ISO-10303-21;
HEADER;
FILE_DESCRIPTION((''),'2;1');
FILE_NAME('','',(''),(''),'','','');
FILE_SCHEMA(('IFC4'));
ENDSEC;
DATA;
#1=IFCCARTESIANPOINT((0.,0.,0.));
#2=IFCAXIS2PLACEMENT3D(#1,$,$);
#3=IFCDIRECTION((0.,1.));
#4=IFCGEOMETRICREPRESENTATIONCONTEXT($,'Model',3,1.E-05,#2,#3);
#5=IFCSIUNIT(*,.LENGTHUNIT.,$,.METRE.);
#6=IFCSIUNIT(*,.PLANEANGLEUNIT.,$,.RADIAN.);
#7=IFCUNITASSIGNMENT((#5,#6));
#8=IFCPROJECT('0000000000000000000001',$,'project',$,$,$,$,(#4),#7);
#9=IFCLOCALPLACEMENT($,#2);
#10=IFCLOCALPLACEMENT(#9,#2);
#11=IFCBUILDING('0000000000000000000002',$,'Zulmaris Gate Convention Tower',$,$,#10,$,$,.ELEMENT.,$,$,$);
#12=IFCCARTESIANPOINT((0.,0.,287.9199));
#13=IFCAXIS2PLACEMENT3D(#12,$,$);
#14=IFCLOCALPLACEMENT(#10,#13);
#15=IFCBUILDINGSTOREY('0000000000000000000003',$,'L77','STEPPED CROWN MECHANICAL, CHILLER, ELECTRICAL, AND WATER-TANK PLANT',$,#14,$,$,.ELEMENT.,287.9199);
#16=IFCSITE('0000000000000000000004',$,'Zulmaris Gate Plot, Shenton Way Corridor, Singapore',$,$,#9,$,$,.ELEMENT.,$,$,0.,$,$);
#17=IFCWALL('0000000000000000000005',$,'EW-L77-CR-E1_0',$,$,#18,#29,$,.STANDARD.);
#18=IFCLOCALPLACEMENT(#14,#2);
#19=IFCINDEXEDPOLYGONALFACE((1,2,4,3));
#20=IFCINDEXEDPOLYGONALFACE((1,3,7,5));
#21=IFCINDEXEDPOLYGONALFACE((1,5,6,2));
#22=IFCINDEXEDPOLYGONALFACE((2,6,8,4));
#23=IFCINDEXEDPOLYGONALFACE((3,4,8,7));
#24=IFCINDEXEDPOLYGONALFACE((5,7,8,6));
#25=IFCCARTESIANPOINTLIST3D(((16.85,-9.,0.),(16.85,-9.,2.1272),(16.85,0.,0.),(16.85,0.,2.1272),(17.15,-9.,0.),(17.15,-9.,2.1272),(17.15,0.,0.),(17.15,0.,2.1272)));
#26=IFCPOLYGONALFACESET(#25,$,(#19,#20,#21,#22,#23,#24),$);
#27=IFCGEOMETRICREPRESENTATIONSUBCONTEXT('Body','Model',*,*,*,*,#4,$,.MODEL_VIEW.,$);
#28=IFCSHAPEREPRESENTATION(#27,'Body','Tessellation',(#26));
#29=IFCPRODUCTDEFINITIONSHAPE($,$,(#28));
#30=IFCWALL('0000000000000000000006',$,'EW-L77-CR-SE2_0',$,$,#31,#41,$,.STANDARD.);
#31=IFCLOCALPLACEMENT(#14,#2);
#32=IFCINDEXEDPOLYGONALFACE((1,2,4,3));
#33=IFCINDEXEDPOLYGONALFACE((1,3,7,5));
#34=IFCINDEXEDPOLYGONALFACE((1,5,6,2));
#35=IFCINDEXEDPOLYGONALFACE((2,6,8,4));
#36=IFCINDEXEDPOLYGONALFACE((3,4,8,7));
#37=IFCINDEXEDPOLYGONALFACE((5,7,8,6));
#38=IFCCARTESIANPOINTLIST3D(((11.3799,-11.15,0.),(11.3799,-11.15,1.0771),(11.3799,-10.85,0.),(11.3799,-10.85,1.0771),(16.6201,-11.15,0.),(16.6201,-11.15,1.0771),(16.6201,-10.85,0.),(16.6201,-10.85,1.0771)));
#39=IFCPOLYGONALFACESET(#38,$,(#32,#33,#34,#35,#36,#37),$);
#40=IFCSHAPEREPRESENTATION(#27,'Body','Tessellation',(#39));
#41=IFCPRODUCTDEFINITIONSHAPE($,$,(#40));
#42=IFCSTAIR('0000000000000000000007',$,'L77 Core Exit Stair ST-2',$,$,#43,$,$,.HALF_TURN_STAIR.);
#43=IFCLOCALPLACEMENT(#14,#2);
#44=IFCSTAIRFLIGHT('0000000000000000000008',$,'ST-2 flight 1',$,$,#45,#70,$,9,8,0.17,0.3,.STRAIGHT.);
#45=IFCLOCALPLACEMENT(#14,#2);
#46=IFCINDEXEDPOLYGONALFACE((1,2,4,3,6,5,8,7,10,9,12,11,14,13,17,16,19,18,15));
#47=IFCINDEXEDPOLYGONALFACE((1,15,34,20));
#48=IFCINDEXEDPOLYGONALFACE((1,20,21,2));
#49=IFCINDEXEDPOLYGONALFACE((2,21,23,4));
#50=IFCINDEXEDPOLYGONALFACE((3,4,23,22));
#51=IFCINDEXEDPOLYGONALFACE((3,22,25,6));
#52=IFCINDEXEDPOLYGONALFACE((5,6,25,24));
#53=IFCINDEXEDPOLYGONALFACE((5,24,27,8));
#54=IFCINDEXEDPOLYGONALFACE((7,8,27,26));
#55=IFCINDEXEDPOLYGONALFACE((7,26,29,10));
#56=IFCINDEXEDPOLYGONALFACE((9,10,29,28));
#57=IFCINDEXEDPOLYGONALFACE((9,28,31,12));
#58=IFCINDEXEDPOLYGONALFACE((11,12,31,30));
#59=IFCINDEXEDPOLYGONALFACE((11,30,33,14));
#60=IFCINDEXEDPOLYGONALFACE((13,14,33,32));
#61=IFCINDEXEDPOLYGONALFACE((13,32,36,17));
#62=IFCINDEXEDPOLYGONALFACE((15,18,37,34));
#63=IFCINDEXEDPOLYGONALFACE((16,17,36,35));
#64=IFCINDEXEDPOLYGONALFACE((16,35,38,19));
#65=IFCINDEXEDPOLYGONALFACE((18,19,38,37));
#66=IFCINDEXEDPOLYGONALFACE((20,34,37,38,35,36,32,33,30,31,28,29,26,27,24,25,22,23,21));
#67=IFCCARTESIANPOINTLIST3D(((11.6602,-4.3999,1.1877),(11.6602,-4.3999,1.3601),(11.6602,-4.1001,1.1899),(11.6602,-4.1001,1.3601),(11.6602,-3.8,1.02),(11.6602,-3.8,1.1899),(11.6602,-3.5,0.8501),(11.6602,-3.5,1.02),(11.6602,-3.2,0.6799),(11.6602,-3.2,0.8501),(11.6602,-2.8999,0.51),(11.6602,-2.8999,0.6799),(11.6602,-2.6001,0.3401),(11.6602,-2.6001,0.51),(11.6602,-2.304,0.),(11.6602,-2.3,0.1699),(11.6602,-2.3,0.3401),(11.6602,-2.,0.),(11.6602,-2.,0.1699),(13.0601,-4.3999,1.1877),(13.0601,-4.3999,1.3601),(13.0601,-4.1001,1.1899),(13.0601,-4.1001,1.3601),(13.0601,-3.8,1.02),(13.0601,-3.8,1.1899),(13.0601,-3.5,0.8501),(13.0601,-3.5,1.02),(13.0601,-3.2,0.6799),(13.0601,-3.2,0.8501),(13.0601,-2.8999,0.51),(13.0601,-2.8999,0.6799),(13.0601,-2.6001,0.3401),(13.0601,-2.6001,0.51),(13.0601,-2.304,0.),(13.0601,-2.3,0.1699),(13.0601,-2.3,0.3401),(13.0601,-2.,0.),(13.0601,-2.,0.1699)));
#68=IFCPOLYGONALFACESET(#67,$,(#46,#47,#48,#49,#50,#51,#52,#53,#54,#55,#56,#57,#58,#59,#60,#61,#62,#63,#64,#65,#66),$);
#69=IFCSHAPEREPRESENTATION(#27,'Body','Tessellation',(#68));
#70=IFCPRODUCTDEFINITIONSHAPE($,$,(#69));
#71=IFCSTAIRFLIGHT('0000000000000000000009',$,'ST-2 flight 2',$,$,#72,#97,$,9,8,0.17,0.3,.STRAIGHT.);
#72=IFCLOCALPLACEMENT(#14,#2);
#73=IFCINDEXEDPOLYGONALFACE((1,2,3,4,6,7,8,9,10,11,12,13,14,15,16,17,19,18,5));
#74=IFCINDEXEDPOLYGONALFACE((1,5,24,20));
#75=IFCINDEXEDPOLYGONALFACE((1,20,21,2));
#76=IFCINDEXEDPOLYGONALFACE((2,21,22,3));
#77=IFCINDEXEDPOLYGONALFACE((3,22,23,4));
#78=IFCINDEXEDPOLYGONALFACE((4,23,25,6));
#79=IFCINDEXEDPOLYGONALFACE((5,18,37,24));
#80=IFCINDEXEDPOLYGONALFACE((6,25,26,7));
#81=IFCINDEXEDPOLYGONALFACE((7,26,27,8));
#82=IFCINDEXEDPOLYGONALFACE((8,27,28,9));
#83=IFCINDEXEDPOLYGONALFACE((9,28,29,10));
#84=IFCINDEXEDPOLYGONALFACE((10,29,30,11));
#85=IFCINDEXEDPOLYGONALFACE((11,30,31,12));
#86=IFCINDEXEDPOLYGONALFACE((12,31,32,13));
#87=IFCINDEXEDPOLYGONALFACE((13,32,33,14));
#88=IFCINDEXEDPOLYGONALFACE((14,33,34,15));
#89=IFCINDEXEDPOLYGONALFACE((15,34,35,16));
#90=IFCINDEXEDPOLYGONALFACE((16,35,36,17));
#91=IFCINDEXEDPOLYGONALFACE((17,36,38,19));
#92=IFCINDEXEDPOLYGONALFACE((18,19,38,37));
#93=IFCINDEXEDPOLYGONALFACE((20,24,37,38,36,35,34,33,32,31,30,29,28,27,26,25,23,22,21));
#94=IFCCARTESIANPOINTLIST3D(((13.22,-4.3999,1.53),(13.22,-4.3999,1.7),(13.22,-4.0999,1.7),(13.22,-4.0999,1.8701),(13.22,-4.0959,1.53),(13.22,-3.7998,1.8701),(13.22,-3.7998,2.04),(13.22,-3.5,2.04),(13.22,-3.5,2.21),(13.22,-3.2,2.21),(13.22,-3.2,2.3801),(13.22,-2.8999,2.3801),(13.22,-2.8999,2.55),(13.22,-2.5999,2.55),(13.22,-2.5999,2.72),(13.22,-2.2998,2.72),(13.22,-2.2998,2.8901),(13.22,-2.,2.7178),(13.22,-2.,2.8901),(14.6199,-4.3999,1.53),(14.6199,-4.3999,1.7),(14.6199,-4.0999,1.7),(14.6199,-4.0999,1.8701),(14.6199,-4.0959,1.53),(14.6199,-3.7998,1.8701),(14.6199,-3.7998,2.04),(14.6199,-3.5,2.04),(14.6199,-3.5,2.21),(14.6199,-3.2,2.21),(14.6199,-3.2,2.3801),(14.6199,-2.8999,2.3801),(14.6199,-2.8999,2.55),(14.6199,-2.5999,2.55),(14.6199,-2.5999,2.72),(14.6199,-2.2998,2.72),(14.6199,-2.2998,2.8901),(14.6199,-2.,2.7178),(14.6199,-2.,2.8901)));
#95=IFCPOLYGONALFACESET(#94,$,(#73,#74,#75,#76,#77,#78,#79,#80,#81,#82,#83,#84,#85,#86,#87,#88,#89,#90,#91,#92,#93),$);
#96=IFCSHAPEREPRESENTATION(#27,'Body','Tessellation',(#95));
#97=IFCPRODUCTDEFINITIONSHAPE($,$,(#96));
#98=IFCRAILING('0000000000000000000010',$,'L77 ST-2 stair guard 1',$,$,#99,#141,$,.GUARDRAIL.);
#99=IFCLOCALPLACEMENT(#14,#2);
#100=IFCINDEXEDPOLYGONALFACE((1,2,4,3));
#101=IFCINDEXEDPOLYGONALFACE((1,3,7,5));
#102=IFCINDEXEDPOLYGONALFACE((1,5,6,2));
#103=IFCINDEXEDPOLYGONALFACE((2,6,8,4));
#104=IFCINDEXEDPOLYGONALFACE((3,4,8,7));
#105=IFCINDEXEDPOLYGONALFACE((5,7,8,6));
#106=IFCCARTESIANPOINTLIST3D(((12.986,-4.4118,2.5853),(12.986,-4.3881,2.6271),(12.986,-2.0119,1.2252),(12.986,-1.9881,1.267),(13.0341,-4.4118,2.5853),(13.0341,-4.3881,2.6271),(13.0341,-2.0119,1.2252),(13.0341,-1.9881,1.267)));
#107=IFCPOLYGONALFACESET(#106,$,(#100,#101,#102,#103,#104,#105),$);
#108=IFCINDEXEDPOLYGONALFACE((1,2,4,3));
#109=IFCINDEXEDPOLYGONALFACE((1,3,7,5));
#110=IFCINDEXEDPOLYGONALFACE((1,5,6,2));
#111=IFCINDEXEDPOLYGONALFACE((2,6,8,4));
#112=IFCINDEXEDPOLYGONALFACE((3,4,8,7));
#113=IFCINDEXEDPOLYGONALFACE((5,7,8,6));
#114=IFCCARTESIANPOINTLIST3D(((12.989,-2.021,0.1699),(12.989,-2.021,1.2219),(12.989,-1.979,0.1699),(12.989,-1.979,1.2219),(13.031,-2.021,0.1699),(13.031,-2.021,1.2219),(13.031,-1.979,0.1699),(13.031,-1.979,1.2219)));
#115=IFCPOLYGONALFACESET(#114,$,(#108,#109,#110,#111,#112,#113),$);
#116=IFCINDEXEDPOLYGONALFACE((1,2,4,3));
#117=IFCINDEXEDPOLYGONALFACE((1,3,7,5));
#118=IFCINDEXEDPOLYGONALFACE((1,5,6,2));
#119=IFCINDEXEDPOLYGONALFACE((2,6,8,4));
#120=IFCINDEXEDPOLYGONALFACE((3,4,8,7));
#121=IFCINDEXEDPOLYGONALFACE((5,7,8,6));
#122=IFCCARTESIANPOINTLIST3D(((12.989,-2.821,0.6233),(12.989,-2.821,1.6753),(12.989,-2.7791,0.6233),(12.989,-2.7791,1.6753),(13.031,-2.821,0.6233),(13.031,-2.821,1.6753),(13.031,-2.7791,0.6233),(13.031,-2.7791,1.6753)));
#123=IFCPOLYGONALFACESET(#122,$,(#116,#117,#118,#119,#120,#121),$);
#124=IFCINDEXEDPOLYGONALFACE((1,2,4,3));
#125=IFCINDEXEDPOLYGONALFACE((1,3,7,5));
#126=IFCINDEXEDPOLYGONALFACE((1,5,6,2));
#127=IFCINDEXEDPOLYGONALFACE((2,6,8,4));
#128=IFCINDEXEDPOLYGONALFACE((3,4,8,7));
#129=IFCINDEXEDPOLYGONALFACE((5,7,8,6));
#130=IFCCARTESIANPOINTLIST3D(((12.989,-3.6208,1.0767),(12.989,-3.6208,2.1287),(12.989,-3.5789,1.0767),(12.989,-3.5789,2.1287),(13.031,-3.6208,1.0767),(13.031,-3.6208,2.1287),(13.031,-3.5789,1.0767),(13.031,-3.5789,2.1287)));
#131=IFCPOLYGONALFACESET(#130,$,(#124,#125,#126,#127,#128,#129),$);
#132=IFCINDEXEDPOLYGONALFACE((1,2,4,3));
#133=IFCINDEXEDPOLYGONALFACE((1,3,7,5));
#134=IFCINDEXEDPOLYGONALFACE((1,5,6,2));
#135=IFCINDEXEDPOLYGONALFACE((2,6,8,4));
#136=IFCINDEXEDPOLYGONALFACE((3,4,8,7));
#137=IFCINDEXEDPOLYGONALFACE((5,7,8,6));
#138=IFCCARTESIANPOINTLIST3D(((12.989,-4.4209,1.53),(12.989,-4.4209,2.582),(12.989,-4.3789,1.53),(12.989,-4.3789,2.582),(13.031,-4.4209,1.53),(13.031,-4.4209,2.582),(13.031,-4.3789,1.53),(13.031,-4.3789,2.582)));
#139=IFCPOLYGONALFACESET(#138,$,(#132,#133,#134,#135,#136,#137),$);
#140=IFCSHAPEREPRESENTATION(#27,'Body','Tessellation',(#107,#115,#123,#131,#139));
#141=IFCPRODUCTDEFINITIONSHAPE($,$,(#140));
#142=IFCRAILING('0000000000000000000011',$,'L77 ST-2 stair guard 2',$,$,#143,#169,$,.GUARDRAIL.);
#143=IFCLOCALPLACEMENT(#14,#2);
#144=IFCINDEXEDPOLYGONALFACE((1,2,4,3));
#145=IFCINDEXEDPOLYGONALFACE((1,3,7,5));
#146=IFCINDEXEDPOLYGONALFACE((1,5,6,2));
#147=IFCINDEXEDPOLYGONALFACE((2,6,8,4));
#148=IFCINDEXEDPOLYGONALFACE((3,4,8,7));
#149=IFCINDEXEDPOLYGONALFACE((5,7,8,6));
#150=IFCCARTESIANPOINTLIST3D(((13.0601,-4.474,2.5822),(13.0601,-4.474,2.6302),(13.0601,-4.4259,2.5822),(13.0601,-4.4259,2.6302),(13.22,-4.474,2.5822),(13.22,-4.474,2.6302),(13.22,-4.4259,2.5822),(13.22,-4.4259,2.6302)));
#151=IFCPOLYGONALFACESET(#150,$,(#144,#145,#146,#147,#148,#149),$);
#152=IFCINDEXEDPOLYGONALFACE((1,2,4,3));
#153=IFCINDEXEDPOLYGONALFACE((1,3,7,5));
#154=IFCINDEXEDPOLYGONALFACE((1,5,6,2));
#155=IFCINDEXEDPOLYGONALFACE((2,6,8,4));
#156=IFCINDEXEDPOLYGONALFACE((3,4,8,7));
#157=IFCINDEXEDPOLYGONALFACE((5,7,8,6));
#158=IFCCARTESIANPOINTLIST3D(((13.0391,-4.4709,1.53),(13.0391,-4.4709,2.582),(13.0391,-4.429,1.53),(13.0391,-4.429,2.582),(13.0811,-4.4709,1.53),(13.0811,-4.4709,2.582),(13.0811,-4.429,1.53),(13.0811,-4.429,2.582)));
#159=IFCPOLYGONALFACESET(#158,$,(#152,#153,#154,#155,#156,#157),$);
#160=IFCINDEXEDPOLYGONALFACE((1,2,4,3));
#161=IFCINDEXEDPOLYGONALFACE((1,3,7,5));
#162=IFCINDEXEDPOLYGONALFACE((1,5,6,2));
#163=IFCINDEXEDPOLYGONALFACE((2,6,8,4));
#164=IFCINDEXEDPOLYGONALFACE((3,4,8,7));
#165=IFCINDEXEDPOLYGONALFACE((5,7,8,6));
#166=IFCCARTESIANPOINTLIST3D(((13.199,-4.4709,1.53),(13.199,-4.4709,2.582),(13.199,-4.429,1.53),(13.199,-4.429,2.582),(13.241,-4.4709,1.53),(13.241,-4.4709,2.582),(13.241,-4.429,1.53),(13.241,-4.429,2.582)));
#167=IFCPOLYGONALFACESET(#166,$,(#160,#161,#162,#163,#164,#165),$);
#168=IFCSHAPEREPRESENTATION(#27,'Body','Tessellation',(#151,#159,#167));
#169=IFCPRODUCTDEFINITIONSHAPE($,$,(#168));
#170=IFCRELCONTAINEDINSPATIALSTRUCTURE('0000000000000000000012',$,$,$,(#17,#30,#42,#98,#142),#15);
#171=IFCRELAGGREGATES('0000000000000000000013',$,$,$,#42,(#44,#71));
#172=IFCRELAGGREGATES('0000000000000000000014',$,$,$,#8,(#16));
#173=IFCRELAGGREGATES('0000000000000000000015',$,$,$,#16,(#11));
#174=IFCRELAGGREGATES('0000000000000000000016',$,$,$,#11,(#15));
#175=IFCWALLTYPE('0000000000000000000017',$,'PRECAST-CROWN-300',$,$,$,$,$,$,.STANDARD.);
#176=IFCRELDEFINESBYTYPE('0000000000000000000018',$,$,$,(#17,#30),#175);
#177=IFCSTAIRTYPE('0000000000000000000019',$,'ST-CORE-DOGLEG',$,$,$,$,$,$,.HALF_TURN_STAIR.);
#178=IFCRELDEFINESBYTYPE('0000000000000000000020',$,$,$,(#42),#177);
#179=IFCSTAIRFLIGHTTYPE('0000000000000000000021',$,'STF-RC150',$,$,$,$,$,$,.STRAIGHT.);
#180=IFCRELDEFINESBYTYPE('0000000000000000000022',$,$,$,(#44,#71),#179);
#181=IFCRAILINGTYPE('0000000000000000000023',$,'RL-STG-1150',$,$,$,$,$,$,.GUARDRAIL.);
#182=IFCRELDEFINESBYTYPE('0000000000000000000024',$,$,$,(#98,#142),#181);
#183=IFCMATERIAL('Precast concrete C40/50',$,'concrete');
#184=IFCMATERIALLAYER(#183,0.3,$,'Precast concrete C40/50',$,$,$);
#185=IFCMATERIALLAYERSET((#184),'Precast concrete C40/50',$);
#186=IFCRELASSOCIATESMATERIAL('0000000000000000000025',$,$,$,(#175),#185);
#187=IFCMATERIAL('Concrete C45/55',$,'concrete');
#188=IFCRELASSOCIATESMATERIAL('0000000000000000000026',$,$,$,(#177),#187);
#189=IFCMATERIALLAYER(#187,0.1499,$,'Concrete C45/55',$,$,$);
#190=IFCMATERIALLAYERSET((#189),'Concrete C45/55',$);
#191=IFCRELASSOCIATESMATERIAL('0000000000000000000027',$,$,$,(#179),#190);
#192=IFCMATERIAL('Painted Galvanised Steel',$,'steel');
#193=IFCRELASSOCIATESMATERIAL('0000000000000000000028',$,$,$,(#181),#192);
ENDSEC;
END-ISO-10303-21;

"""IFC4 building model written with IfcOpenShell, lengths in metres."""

from ifc_helpers import new_model, si_unit, direction, frame, frame_2d, origin, origin_2d, place, context, subcontext, project, spatial, polyline, rectangle, outline, extrude, material, layer, layer_set, type_object, element, aggregate, save


model = new_model("IFC4")

# Units and contexts
model_context = context("Model", 3, precision=1e-05, world=origin(), true_north=direction((0.0, 1.0)))
body_context = subcontext(model_context, "Body", "Model", "MODEL_VIEW")
ifc_project = project(units=[si_unit("LENGTHUNIT", "METRE"), si_unit("PLANEANGLEUNIT", "RADIAN")], contexts=[model_context])

# Site, building, storey
site_placement = place(None, origin())
site = spatial("IfcSite", under=ifc_project, at=site_placement, Name="Zulmaris Gate Plot, Shenton Way Corridor, Singapore", CompositionType="ELEMENT", RefElevation=0.0)
building_placement = place(site_placement, origin())
building = spatial("IfcBuilding", under=site, at=building_placement, Name="Zulmaris Gate Convention Tower", CompositionType="ELEMENT")
storey_placement = place(building_placement, frame((0.0, 0.0, 287.9199)))
storey = spatial("IfcBuildingStorey", under=building, at=storey_placement, Name="L77", Description="STEPPED CROWN MECHANICAL, CHILLER, ELECTRICAL, AND WATER-TANK PLANT", CompositionType="ELEMENT", Elevation=287.9199)

# Walls
ifc_material_1 = material(Name="Precast concrete C40/50", Category="concrete")
ifc_layer_1 = layer(ifc_material_1, 0.3, Name="Precast concrete C40/50")
ifc_layer_set_1 = layer_set([ifc_layer_1], Name="Precast concrete C40/50")
wall_type_1 = type_object("IfcWallType", Name="PRECAST-CROWN-300", PredefinedType="STANDARD", material=ifc_layer_set_1)
wall_1_placement = place(storey_placement, frame((17.0, -9.0, 0.0), z_axis=(0.0, 0.0, 1.0), x_axis=(0.0, 1.0, 0.0)))
element("IfcWall", 1, at=wall_1_placement, inside=storey, type_object=wall_type_1, Name="EW-L77-CR-E1_0", PredefinedType="STANDARD", context=body_context, shape_type="SweptSolid", body=[
    extrude(rectangle(XDim=9.0, YDim=0.3, at=frame_2d((4.5, 0.0))), origin(), (0.0, 0.0, 1.0), 2.1272),
])
wall_2_placement = place(storey_placement, frame((11.3799, -11.0, 0.0), z_axis=(0.0, 0.0, 1.0), x_axis=(1.0, 0.0, 0.0)))
element("IfcWall", 2, at=wall_2_placement, inside=storey, type_object=wall_type_1, Name="EW-L77-CR-SE2_0", PredefinedType="STANDARD", context=body_context, shape_type="SweptSolid", body=[
    extrude(rectangle(XDim=5.2402, YDim=0.3, at=frame_2d((2.6201, 0.0))), origin(), (0.0, 0.0, 1.0), 1.0771),
])

# Stair, stair flights
ifc_material_2 = material(Name="Concrete C45/55", Category="concrete")
stair_type = type_object("IfcStairType", Name="ST-CORE-DOGLEG", PredefinedType="HALF_TURN_STAIR", material=ifc_material_2)
stair_placement = place(storey_placement, origin())
stair = element("IfcStair", 3, at=stair_placement, inside=storey, type_object=stair_type, Name="L77 Core Exit Stair ST-2", PredefinedType="HALF_TURN_STAIR")
ifc_layer_2 = layer(ifc_material_2, 0.1499, Name="Concrete C45/55")
ifc_layer_set_2 = layer_set([ifc_layer_2], Name="Concrete C45/55")
stair_flight_type = type_object("IfcStairFlightType", Name="STF-RC150", PredefinedType="STRAIGHT", material=ifc_layer_set_2)
stair_flight_1_placement = place(storey_placement, frame((12.3601, -2.0, 0.0), z_axis=(0.0, 0.0, 1.0), x_axis=(0.0, -1.0, 0.0)))
stair_flight_1 = element("IfcStairFlight", 4, at=stair_flight_1_placement, type_object=stair_flight_type, Name="ST-2 flight 1", NumberOfRisers=9, NumberOfTreads=8, PredefinedType="STRAIGHT", RiserHeight=0.17, TreadLength=0.3, context=body_context, shape_type="SweptSolid", body=[
    extrude(outline(polyline([(0.0, 0.0), (0.0, 0.1699), (0.3, 0.1699), (0.3, 0.3401), (0.6001, 0.3401), (0.6001, 0.51), (0.8999, 0.51), (0.8999, 0.6799), (1.2, 0.6799), (1.2, 0.8501), (1.5, 0.8501), (1.5, 1.02), (1.8, 1.02), (1.8, 1.1899), (2.1001, 1.1899), (2.1001, 1.3601), (2.3999, 1.3601), (2.3999, 1.53), (2.3999, 1.1877), (0.304, 0.0), (0.0, 0.0)])), frame((0.0, 0.7, 0.0), z_axis=(0.0, -1.0, 0.0), x_axis=(1.0, 0.0, 0.0)), (0.0, 0.0, 1.0), 1.3999),
])
stair_flight_2_placement = place(storey_placement, frame((13.9199, -4.3999, 1.53), z_axis=(0.0, 0.0, 1.0), x_axis=(0.0, 1.0, 0.0)))
stair_flight_2 = element("IfcStairFlight", 5, at=stair_flight_2_placement, type_object=stair_flight_type, Name="ST-2 flight 2", NumberOfRisers=9, NumberOfTreads=8, PredefinedType="STRAIGHT", RiserHeight=0.17, TreadLength=0.3, context=body_context, shape_type="SweptSolid", body=[
    extrude(outline(polyline([(0.0, 0.0), (0.0, 0.1699), (0.3, 0.1699), (0.3, 0.3401), (0.6001, 0.3401), (0.6001, 0.51), (0.8999, 0.51), (0.8999, 0.6799), (1.2, 0.6799), (1.2, 0.8501), (1.5, 0.8501), (1.5, 1.02), (1.8, 1.02), (1.8, 1.1899), (2.1001, 1.1899), (2.1001, 1.3601), (2.3999, 1.3601), (2.3999, 1.53), (2.3999, 1.1877), (0.304, 0.0), (0.0, 0.0)])), frame((0.0, 0.7, 0.0), z_axis=(0.0, -1.0, 0.0), x_axis=(1.0, 0.0, 0.0)), (0.0, 0.0, 1.0), 1.3999),
])
aggregate(stair, [stair_flight_1, stair_flight_2])

# Railings
ifc_material_3 = material(Name="Painted Galvanised Steel", Category="steel")
railing_type_1 = type_object("IfcRailingType", Name="RL-STG-1150", PredefinedType="GUARDRAIL", material=ifc_material_3)
railing_1_placement = place(storey_placement, frame((13.01, -2.0, 0.1699)))
element("IfcRailing", 6, at=railing_1_placement, inside=storey, type_object=railing_type_1, Name="L77 ST-2 stair guard 1", PredefinedType="GUARDRAIL", context=body_context, shape_type="SweptSolid", body=[
    extrude(rectangle(XDim=0.0481, YDim=0.0481, at=origin_2d()), frame((0.0, 0.0, 1.0762), z_axis=(0.0, -0.869997, 0.493057), x_axis=(1.0, 0.0, 0.0)), (0.0, 0.0, 1.0), 2.7585),
    extrude(rectangle(XDim=0.042, YDim=0.042, at=origin_2d()), origin(), (0.0, 0.0, 1.0), 1.052),
    extrude(rectangle(XDim=0.042, YDim=0.042, at=origin_2d()), frame((0.0, -0.8, 0.4534)), (0.0, 0.0, 1.0), 1.052),
    extrude(rectangle(XDim=0.042, YDim=0.042, at=origin_2d()), frame((0.0, -1.5999, 0.9067)), (0.0, 0.0, 1.0), 1.052),
    extrude(rectangle(XDim=0.042, YDim=0.042, at=origin_2d()), frame((0.0, -2.3999, 1.3601)), (0.0, 0.0, 1.0), 1.052),
])
railing_2_placement = place(storey_placement, frame((13.0601, -4.45, 1.53)))
element("IfcRailing", 7, at=railing_2_placement, inside=storey, type_object=railing_type_1, Name="L77 ST-2 stair guard 2", PredefinedType="GUARDRAIL", context=body_context, shape_type="SweptSolid", body=[
    extrude(rectangle(XDim=0.0481, YDim=0.0481, at=origin_2d()), frame((0.0, 0.0, 1.0762), z_axis=(1.0, 0.0, 0.0), x_axis=(0.0, 1.0, 0.0)), (0.0, 0.0, 1.0), 0.1599),
    extrude(rectangle(XDim=0.042, YDim=0.042, at=origin_2d()), origin(), (0.0, 0.0, 1.0), 1.052),
    extrude(rectangle(XDim=0.042, YDim=0.042, at=origin_2d()), frame((0.1599, 0.0, 0.0)), (0.0, 0.0, 1.0), 1.052),
])

save(model, "model.ifc")
